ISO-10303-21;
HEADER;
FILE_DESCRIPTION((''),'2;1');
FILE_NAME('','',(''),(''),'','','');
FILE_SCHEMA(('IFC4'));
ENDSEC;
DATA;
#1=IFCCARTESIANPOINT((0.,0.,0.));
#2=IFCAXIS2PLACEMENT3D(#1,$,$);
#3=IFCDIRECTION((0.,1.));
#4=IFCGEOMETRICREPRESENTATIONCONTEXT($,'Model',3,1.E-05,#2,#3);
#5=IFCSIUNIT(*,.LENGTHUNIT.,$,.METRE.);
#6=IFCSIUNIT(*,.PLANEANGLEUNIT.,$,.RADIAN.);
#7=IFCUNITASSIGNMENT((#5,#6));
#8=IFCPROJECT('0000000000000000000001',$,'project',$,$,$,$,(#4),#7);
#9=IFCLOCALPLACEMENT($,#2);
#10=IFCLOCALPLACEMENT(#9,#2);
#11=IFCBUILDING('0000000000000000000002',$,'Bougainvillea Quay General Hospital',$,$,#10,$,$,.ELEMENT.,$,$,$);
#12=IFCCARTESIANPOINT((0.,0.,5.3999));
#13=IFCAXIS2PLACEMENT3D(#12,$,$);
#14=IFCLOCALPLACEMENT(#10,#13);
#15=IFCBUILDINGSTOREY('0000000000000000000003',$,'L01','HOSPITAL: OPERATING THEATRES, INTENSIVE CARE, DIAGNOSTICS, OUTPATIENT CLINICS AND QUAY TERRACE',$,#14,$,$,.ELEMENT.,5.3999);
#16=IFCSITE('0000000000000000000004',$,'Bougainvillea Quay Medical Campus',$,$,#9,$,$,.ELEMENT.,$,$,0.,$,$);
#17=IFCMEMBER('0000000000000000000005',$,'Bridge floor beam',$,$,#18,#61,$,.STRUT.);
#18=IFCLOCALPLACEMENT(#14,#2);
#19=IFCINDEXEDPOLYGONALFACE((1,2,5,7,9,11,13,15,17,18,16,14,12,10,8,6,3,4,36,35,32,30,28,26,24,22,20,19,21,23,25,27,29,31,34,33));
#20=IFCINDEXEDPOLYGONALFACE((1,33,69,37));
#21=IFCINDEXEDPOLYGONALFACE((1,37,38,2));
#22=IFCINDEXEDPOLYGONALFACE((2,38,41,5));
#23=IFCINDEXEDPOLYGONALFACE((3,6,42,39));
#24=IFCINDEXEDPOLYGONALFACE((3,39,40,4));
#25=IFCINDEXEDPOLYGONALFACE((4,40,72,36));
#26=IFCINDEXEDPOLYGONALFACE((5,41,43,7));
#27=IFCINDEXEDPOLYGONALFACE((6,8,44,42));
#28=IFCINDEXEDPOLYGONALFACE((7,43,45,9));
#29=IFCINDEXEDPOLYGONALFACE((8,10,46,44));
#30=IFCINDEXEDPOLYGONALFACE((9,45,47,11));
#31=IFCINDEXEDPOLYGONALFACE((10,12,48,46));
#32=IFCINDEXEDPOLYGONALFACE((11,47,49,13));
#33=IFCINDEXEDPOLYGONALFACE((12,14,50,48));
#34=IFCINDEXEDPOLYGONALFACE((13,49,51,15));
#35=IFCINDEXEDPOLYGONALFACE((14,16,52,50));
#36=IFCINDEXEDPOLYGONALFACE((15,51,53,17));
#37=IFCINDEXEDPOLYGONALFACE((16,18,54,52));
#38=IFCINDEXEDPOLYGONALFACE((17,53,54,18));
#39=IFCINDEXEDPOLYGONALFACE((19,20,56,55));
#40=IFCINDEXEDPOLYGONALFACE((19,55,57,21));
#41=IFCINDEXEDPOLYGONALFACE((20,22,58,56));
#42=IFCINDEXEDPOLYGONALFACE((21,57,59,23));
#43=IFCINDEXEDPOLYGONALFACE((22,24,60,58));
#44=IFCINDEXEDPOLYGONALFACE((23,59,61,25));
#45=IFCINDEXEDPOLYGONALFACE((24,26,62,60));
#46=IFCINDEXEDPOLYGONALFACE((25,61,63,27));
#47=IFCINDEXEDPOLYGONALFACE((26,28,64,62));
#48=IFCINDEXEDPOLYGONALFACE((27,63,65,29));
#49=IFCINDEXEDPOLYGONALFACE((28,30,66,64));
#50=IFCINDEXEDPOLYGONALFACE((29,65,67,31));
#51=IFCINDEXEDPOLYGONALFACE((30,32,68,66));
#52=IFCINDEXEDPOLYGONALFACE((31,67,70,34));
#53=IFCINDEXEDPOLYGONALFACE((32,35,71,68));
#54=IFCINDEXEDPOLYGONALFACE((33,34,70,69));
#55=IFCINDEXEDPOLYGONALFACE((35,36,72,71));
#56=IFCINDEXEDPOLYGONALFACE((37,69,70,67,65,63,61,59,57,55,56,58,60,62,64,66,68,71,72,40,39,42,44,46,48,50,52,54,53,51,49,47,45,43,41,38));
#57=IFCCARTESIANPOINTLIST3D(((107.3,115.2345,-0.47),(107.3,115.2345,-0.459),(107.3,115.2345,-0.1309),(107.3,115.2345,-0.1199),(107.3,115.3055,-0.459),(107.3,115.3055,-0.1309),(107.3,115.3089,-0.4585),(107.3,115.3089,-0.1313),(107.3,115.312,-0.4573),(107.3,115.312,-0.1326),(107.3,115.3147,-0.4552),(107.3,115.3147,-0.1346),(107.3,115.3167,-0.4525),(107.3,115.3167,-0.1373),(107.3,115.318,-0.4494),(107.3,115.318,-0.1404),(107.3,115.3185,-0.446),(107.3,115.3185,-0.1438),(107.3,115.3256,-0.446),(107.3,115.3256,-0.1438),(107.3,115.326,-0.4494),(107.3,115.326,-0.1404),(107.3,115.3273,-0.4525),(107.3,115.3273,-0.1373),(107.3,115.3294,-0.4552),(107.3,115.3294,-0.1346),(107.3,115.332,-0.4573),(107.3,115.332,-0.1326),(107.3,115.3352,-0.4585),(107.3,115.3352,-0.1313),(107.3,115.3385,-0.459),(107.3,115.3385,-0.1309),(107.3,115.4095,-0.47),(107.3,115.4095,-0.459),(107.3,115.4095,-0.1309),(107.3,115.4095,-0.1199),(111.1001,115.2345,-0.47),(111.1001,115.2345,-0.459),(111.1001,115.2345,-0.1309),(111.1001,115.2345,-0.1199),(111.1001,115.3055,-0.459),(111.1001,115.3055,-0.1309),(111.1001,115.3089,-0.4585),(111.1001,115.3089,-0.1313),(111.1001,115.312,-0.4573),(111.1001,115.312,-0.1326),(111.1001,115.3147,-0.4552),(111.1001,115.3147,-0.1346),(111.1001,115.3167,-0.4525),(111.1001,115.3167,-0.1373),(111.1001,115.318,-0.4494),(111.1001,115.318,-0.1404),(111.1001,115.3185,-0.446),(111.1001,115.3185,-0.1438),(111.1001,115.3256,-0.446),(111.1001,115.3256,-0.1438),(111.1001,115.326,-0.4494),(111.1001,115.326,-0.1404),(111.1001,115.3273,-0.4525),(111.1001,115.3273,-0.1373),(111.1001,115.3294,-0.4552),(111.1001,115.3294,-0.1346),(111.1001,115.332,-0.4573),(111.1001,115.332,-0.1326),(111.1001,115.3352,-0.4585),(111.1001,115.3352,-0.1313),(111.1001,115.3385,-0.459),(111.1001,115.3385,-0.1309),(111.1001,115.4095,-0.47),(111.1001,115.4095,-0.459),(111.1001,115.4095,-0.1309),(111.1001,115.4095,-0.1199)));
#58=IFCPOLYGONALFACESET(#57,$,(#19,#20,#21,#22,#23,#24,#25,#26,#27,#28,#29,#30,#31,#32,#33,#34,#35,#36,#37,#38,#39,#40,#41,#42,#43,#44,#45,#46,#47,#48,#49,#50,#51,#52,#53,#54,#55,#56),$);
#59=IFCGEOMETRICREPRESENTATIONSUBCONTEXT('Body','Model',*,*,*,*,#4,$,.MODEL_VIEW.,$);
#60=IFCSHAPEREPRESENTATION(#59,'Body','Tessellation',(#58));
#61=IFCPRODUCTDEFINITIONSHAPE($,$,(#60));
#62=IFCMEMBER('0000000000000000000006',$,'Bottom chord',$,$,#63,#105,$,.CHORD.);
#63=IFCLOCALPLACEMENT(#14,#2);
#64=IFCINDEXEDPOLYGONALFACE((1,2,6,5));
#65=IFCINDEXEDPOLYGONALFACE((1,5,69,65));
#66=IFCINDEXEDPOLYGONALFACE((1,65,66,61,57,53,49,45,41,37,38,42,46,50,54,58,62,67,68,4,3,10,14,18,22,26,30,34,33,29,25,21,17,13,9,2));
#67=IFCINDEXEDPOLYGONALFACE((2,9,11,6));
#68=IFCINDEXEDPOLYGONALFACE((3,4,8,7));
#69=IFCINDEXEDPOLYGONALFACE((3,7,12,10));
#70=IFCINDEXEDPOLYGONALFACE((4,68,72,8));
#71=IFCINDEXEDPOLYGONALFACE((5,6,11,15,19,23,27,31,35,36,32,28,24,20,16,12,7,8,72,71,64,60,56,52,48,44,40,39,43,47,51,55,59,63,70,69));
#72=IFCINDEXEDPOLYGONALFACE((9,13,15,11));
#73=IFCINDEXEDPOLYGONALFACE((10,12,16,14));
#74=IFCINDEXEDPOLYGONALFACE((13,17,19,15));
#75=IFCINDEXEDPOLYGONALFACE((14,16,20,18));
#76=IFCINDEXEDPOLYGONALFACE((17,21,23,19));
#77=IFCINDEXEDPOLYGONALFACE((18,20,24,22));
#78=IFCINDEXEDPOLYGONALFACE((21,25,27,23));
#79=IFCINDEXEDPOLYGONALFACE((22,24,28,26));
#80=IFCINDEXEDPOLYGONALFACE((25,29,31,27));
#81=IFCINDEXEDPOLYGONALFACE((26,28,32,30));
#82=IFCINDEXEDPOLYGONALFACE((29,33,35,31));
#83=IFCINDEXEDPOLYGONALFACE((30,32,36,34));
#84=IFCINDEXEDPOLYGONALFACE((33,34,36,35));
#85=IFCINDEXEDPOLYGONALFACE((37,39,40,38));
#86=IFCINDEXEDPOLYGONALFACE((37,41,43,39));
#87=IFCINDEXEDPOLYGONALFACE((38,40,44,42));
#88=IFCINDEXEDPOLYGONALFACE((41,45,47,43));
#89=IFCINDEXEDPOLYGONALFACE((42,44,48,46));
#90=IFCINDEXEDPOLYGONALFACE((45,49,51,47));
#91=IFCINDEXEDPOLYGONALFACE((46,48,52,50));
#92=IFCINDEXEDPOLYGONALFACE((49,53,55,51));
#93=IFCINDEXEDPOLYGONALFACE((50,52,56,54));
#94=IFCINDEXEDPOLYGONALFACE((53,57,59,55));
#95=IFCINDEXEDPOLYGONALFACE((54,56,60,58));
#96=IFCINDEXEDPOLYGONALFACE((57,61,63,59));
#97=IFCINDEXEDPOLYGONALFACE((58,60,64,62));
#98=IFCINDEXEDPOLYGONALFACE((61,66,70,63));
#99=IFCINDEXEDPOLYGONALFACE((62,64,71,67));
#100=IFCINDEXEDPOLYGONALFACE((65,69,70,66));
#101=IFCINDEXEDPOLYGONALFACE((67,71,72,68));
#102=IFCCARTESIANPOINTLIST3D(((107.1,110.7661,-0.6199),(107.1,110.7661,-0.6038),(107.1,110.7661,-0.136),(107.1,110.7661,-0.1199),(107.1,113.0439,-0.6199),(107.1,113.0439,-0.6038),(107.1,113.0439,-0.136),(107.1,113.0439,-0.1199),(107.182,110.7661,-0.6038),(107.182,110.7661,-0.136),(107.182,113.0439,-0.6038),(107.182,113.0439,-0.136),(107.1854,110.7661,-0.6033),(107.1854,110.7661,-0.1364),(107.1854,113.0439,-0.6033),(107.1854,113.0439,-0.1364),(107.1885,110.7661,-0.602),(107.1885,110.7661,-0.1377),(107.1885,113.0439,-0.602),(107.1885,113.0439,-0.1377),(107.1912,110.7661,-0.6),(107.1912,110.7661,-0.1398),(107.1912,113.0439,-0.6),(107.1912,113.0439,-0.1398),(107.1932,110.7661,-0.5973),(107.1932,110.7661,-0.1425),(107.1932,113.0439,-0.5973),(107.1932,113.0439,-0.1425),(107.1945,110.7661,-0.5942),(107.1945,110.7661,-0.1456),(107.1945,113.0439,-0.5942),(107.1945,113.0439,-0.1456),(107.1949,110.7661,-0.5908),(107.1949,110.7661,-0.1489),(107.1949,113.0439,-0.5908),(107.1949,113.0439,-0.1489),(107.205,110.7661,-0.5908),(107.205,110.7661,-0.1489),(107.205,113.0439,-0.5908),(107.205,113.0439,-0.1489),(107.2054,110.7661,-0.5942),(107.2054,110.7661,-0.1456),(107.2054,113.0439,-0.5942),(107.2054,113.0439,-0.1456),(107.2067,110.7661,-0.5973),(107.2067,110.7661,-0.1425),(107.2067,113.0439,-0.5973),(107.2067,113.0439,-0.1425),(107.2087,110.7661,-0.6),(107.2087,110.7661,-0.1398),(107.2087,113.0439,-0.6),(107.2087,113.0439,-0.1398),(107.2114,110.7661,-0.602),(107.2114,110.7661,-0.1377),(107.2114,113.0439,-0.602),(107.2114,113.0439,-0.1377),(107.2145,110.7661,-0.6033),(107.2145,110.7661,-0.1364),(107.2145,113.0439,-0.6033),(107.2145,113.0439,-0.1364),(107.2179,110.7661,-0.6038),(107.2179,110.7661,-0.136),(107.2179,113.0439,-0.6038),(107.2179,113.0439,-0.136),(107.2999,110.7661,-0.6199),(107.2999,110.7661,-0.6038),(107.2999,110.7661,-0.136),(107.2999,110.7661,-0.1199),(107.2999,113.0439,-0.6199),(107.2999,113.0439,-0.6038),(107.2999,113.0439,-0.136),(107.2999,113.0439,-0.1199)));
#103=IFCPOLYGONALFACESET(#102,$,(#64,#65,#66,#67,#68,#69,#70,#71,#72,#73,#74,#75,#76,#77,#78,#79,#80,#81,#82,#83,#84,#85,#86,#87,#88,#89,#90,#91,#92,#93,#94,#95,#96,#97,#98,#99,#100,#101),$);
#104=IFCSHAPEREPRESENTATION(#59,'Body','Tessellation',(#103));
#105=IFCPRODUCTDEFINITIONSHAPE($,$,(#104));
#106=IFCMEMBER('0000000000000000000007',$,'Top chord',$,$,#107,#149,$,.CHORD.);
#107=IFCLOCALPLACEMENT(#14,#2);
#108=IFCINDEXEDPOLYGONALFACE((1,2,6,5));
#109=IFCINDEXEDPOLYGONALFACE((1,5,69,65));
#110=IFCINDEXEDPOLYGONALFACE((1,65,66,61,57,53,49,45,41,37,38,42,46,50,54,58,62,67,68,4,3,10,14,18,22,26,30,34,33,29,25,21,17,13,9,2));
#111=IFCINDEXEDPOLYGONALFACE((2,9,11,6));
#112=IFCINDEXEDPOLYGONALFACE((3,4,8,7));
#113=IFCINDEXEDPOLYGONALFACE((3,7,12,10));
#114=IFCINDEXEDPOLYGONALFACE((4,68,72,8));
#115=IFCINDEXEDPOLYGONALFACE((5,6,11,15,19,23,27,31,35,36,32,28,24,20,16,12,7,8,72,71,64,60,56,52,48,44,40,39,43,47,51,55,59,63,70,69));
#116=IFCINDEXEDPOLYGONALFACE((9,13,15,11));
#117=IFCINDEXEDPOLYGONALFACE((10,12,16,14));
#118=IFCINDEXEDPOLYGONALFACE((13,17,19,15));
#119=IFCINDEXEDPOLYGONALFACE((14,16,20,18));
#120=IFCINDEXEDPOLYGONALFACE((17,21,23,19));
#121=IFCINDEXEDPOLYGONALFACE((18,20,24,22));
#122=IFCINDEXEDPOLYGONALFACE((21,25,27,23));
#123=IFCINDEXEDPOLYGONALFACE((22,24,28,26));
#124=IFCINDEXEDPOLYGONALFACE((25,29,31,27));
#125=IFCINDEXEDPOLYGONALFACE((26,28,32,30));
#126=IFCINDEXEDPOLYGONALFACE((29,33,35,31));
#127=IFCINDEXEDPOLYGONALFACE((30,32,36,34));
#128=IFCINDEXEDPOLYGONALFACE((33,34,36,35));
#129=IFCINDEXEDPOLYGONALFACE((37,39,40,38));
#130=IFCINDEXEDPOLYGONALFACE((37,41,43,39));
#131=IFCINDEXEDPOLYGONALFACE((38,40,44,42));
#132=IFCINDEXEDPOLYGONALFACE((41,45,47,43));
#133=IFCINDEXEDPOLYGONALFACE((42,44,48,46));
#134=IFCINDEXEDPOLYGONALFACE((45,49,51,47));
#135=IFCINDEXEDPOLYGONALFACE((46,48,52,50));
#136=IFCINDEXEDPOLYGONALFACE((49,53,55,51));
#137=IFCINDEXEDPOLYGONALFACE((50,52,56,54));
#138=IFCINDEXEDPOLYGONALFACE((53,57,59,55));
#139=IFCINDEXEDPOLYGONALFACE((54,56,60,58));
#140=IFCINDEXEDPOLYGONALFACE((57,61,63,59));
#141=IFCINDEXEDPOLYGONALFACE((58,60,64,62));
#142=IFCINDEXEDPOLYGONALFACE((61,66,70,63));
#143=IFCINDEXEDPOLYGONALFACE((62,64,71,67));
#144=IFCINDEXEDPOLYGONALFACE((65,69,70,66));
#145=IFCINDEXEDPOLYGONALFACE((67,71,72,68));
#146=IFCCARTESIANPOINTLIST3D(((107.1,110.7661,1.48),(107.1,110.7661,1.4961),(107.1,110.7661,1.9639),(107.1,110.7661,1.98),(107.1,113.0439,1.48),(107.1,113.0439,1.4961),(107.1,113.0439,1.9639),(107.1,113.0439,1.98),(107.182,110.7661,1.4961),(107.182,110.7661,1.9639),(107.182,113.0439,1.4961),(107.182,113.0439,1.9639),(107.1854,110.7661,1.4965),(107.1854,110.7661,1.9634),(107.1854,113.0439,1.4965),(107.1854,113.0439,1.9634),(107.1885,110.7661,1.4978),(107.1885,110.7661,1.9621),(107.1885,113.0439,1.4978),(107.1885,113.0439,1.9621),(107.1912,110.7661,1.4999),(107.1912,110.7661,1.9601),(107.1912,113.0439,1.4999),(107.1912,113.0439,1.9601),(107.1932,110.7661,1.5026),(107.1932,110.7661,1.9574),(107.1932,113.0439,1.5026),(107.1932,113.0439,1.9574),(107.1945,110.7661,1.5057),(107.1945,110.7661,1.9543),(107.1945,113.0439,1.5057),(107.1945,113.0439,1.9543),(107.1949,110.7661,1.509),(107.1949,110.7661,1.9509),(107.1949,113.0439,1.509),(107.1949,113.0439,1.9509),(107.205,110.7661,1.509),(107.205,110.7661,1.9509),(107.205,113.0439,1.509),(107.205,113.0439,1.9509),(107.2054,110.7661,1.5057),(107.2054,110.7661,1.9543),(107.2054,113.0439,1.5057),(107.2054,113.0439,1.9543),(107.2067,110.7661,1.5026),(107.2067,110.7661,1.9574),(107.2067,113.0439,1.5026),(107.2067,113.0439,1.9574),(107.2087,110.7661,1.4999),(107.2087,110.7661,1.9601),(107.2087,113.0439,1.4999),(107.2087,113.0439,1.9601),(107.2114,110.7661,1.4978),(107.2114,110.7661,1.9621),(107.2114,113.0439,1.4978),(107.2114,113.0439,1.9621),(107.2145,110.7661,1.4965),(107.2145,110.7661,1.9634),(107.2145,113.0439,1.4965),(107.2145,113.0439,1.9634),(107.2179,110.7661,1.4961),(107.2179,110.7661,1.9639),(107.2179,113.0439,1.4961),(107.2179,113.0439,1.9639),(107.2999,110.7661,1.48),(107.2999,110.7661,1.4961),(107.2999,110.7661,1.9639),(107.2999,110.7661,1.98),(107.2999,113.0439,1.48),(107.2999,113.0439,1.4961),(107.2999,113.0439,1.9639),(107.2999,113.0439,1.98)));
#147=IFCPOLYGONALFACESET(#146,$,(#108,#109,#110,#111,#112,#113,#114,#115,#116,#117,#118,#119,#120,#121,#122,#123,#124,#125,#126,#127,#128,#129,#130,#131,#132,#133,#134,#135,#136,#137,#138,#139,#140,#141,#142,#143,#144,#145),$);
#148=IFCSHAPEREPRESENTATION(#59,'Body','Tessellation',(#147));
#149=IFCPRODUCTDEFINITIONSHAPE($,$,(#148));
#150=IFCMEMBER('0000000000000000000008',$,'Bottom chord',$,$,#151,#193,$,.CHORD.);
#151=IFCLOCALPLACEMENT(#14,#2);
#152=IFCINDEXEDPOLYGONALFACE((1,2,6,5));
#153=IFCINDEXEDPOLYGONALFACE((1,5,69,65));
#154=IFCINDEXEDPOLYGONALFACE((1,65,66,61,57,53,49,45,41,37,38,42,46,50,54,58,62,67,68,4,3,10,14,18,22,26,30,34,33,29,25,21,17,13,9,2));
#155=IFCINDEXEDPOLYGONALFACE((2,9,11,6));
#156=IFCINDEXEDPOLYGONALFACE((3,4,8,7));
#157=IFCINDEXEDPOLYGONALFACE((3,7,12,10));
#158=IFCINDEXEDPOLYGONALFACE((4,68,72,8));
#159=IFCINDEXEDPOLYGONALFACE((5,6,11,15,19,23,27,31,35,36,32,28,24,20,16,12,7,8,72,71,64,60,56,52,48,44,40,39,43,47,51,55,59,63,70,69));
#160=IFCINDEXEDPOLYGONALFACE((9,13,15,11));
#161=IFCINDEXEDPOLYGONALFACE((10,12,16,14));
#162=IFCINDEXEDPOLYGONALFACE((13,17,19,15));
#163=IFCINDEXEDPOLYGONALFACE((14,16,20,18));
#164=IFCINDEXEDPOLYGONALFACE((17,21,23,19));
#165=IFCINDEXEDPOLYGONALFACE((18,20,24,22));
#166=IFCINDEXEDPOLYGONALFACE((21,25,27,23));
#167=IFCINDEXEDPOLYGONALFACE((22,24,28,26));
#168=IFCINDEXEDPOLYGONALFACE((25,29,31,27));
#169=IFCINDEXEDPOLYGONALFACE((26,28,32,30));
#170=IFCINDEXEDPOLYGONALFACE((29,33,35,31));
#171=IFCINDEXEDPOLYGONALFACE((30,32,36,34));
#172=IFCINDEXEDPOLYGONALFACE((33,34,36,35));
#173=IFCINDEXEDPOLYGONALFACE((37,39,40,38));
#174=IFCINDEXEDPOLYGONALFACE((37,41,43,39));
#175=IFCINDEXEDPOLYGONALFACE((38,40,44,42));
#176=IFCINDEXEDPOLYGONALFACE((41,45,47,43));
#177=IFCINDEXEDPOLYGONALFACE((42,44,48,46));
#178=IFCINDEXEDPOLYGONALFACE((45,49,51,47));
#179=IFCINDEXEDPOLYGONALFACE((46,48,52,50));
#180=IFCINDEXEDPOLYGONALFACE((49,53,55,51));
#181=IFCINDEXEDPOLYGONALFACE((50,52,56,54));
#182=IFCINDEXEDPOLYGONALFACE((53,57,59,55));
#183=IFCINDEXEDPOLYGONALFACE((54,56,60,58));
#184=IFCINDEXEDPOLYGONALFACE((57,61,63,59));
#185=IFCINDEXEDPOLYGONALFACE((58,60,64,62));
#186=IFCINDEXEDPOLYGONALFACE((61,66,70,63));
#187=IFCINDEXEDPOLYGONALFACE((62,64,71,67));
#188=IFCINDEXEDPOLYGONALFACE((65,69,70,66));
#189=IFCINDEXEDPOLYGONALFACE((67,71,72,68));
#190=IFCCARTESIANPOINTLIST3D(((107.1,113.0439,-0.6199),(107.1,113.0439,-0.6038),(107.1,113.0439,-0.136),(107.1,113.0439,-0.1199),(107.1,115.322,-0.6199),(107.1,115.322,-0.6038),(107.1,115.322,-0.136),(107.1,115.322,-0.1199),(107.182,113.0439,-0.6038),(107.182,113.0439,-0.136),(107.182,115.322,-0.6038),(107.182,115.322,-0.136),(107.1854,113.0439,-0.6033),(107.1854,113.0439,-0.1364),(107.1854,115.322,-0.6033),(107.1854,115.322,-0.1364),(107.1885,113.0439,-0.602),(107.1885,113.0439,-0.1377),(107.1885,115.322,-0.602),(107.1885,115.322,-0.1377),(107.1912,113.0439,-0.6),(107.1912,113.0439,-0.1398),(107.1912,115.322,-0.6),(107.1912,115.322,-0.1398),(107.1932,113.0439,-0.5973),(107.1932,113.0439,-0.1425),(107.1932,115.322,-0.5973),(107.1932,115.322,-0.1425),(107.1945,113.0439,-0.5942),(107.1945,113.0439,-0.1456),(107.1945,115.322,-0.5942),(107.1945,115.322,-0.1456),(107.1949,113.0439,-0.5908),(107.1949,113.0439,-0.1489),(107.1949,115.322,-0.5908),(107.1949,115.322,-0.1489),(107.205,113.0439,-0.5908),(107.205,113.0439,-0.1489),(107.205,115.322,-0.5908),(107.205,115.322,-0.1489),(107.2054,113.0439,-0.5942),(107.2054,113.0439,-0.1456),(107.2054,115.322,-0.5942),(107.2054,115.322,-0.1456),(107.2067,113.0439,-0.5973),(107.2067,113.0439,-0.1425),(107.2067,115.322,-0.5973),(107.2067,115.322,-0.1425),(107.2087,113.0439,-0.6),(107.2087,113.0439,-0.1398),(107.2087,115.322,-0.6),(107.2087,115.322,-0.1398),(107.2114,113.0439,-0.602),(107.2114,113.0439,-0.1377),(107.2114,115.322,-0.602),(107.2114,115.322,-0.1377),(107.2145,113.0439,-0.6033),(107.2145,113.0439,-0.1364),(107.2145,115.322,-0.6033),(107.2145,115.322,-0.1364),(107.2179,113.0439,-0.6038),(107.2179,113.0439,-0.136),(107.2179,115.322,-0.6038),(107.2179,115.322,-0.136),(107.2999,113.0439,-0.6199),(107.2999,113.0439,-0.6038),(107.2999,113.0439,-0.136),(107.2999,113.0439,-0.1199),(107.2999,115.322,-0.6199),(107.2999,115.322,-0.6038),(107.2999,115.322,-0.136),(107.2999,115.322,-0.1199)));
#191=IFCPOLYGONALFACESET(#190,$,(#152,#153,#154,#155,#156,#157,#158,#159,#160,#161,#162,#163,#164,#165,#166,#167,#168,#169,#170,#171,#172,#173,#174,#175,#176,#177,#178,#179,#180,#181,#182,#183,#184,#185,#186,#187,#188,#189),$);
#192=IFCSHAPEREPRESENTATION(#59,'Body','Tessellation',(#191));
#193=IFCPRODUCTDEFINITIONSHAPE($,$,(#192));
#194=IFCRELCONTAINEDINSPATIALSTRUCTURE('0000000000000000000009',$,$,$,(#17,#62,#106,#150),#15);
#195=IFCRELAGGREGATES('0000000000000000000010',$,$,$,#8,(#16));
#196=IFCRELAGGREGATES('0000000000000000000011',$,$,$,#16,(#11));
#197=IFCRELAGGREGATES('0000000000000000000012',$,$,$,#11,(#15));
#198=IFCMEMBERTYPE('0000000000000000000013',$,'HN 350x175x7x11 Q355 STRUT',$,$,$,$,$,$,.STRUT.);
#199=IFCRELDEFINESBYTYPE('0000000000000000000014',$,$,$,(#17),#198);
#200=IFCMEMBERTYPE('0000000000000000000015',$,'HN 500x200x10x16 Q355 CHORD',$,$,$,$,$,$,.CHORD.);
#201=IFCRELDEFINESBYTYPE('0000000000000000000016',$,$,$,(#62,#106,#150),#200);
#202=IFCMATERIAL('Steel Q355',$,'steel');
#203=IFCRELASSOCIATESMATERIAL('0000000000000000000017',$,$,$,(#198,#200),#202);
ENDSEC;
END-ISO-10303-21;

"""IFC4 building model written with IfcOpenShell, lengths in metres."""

from ifc_helpers import new_model, si_unit, direction, frame, origin, origin_2d, place, context, subcontext, project, spatial, i_section, extrude, material, material_profile, profile_set, type_object, element, save


model = new_model("IFC4")

# Units and contexts
model_context = context("Model", 3, precision=1e-05, world=origin(), true_north=direction((0.0, 1.0)))
body_context = subcontext(model_context, "Body", "Model", "MODEL_VIEW")
ifc_project = project(units=[si_unit("LENGTHUNIT", "METRE"), si_unit("PLANEANGLEUNIT", "RADIAN")], contexts=[model_context])

# Site, building, storey
site_placement = place(None, origin())
site = spatial("IfcSite", under=ifc_project, at=site_placement, Name="Bougainvillea Quay Medical Campus", CompositionType="ELEMENT", RefElevation=0.0)
building_placement = place(site_placement, origin())
building = spatial("IfcBuilding", under=site, at=building_placement, Name="Bougainvillea Quay General Hospital", CompositionType="ELEMENT")
storey_placement = place(building_placement, frame((0.0, 0.0, 5.3999)))
storey = spatial("IfcBuildingStorey", under=building, at=storey_placement, Name="L01", Description="HOSPITAL: OPERATING THEATRES, INTENSIVE CARE, DIAGNOSTICS, OUTPATIENT CLINICS AND QUAY TERRACE", CompositionType="ELEMENT", Elevation=5.3999)

# Members
ifc_material_1 = material(Name="Steel Q355", Category="steel")
ifc_material_profile_1 = material_profile(ifc_material_1, i_section(OverallWidth=0.175, OverallDepth=0.3501, WebThickness=0.0071, FlangeThickness=0.011, FilletRadius=0.0129, at=origin_2d()))
ifc_profile_set_1 = profile_set([ifc_material_profile_1], Name="Steel Q355")
member_type_1 = type_object("IfcMemberType", Name="HN 350x175x7x11 Q355 STRUT", PredefinedType="STRUT", material=ifc_profile_set_1)
for number, where, z_axis, x_axis, name in (
    (1, (107.3, 115.322, -0.2949), (1.0, 0.0, 0.0), (0.0, 1.0, 0.0), "Bridge floor beam"),
):
    element("IfcMember", number, at=place(storey_placement, frame(where, z_axis=z_axis, x_axis=x_axis)), inside=storey, type_object=member_type_1, Name=name, PredefinedType="STRUT", context=body_context, shape_type="SweptSolid", body=[
        extrude(i_section(OverallWidth=0.175, OverallDepth=0.3501, WebThickness=0.0071, FlangeThickness=0.011, FilletRadius=0.0129, at=origin_2d()), origin(), (0.0, 0.0, 1.0), 3.8),
    ])
ifc_material_profile_2 = material_profile(ifc_material_1, i_section(OverallWidth=0.2, OverallDepth=0.5, WebThickness=0.01, FlangeThickness=0.0161, FilletRadius=0.0129, at=origin_2d()))
ifc_profile_set_2 = profile_set([ifc_material_profile_2], Name="Steel Q355")
member_type_2 = type_object("IfcMemberType", Name="HN 500x200x10x16 Q355 CHORD", PredefinedType="CHORD", material=ifc_profile_set_2)
for number, where, z_axis, x_axis, name in (
    (2, (107.2, 110.7661, -0.3699), (0.0, 1.0, 0.0), (-1.0, 0.0, 0.0), "Bottom chord"),
    (3, (107.2, 110.7661, 1.73), (0.0, 1.0, 0.0), (-1.0, 0.0, 0.0), "Top chord"),
):
    element("IfcMember", number, at=place(storey_placement, frame(where, z_axis=z_axis, x_axis=x_axis)), inside=storey, type_object=member_type_2, Name=name, PredefinedType="CHORD", context=body_context, shape_type="SweptSolid", body=[
        extrude(i_section(OverallWidth=0.2, OverallDepth=0.5, WebThickness=0.01, FlangeThickness=0.0161, FilletRadius=0.0129, at=origin_2d()), origin(), (0.0, 0.0, 1.0), 2.2778),
    ])
for number, where, z_axis, x_axis, name in (
    (4, (107.2, 113.0439, -0.3699), (0.0, 1.0, 0.0), (-1.0, 0.0, 0.0), "Bottom chord"),
):
    element("IfcMember", number, at=place(storey_placement, frame(where, z_axis=z_axis, x_axis=x_axis)), inside=storey, type_object=member_type_2, Name=name, PredefinedType="CHORD", context=body_context, shape_type="SweptSolid", body=[
        extrude(i_section(OverallWidth=0.2, OverallDepth=0.5, WebThickness=0.01, FlangeThickness=0.0161, FilletRadius=0.0129, at=origin_2d()), origin(), (0.0, 0.0, 1.0), 2.2781),
    ])

save(model, "model.ifc")
